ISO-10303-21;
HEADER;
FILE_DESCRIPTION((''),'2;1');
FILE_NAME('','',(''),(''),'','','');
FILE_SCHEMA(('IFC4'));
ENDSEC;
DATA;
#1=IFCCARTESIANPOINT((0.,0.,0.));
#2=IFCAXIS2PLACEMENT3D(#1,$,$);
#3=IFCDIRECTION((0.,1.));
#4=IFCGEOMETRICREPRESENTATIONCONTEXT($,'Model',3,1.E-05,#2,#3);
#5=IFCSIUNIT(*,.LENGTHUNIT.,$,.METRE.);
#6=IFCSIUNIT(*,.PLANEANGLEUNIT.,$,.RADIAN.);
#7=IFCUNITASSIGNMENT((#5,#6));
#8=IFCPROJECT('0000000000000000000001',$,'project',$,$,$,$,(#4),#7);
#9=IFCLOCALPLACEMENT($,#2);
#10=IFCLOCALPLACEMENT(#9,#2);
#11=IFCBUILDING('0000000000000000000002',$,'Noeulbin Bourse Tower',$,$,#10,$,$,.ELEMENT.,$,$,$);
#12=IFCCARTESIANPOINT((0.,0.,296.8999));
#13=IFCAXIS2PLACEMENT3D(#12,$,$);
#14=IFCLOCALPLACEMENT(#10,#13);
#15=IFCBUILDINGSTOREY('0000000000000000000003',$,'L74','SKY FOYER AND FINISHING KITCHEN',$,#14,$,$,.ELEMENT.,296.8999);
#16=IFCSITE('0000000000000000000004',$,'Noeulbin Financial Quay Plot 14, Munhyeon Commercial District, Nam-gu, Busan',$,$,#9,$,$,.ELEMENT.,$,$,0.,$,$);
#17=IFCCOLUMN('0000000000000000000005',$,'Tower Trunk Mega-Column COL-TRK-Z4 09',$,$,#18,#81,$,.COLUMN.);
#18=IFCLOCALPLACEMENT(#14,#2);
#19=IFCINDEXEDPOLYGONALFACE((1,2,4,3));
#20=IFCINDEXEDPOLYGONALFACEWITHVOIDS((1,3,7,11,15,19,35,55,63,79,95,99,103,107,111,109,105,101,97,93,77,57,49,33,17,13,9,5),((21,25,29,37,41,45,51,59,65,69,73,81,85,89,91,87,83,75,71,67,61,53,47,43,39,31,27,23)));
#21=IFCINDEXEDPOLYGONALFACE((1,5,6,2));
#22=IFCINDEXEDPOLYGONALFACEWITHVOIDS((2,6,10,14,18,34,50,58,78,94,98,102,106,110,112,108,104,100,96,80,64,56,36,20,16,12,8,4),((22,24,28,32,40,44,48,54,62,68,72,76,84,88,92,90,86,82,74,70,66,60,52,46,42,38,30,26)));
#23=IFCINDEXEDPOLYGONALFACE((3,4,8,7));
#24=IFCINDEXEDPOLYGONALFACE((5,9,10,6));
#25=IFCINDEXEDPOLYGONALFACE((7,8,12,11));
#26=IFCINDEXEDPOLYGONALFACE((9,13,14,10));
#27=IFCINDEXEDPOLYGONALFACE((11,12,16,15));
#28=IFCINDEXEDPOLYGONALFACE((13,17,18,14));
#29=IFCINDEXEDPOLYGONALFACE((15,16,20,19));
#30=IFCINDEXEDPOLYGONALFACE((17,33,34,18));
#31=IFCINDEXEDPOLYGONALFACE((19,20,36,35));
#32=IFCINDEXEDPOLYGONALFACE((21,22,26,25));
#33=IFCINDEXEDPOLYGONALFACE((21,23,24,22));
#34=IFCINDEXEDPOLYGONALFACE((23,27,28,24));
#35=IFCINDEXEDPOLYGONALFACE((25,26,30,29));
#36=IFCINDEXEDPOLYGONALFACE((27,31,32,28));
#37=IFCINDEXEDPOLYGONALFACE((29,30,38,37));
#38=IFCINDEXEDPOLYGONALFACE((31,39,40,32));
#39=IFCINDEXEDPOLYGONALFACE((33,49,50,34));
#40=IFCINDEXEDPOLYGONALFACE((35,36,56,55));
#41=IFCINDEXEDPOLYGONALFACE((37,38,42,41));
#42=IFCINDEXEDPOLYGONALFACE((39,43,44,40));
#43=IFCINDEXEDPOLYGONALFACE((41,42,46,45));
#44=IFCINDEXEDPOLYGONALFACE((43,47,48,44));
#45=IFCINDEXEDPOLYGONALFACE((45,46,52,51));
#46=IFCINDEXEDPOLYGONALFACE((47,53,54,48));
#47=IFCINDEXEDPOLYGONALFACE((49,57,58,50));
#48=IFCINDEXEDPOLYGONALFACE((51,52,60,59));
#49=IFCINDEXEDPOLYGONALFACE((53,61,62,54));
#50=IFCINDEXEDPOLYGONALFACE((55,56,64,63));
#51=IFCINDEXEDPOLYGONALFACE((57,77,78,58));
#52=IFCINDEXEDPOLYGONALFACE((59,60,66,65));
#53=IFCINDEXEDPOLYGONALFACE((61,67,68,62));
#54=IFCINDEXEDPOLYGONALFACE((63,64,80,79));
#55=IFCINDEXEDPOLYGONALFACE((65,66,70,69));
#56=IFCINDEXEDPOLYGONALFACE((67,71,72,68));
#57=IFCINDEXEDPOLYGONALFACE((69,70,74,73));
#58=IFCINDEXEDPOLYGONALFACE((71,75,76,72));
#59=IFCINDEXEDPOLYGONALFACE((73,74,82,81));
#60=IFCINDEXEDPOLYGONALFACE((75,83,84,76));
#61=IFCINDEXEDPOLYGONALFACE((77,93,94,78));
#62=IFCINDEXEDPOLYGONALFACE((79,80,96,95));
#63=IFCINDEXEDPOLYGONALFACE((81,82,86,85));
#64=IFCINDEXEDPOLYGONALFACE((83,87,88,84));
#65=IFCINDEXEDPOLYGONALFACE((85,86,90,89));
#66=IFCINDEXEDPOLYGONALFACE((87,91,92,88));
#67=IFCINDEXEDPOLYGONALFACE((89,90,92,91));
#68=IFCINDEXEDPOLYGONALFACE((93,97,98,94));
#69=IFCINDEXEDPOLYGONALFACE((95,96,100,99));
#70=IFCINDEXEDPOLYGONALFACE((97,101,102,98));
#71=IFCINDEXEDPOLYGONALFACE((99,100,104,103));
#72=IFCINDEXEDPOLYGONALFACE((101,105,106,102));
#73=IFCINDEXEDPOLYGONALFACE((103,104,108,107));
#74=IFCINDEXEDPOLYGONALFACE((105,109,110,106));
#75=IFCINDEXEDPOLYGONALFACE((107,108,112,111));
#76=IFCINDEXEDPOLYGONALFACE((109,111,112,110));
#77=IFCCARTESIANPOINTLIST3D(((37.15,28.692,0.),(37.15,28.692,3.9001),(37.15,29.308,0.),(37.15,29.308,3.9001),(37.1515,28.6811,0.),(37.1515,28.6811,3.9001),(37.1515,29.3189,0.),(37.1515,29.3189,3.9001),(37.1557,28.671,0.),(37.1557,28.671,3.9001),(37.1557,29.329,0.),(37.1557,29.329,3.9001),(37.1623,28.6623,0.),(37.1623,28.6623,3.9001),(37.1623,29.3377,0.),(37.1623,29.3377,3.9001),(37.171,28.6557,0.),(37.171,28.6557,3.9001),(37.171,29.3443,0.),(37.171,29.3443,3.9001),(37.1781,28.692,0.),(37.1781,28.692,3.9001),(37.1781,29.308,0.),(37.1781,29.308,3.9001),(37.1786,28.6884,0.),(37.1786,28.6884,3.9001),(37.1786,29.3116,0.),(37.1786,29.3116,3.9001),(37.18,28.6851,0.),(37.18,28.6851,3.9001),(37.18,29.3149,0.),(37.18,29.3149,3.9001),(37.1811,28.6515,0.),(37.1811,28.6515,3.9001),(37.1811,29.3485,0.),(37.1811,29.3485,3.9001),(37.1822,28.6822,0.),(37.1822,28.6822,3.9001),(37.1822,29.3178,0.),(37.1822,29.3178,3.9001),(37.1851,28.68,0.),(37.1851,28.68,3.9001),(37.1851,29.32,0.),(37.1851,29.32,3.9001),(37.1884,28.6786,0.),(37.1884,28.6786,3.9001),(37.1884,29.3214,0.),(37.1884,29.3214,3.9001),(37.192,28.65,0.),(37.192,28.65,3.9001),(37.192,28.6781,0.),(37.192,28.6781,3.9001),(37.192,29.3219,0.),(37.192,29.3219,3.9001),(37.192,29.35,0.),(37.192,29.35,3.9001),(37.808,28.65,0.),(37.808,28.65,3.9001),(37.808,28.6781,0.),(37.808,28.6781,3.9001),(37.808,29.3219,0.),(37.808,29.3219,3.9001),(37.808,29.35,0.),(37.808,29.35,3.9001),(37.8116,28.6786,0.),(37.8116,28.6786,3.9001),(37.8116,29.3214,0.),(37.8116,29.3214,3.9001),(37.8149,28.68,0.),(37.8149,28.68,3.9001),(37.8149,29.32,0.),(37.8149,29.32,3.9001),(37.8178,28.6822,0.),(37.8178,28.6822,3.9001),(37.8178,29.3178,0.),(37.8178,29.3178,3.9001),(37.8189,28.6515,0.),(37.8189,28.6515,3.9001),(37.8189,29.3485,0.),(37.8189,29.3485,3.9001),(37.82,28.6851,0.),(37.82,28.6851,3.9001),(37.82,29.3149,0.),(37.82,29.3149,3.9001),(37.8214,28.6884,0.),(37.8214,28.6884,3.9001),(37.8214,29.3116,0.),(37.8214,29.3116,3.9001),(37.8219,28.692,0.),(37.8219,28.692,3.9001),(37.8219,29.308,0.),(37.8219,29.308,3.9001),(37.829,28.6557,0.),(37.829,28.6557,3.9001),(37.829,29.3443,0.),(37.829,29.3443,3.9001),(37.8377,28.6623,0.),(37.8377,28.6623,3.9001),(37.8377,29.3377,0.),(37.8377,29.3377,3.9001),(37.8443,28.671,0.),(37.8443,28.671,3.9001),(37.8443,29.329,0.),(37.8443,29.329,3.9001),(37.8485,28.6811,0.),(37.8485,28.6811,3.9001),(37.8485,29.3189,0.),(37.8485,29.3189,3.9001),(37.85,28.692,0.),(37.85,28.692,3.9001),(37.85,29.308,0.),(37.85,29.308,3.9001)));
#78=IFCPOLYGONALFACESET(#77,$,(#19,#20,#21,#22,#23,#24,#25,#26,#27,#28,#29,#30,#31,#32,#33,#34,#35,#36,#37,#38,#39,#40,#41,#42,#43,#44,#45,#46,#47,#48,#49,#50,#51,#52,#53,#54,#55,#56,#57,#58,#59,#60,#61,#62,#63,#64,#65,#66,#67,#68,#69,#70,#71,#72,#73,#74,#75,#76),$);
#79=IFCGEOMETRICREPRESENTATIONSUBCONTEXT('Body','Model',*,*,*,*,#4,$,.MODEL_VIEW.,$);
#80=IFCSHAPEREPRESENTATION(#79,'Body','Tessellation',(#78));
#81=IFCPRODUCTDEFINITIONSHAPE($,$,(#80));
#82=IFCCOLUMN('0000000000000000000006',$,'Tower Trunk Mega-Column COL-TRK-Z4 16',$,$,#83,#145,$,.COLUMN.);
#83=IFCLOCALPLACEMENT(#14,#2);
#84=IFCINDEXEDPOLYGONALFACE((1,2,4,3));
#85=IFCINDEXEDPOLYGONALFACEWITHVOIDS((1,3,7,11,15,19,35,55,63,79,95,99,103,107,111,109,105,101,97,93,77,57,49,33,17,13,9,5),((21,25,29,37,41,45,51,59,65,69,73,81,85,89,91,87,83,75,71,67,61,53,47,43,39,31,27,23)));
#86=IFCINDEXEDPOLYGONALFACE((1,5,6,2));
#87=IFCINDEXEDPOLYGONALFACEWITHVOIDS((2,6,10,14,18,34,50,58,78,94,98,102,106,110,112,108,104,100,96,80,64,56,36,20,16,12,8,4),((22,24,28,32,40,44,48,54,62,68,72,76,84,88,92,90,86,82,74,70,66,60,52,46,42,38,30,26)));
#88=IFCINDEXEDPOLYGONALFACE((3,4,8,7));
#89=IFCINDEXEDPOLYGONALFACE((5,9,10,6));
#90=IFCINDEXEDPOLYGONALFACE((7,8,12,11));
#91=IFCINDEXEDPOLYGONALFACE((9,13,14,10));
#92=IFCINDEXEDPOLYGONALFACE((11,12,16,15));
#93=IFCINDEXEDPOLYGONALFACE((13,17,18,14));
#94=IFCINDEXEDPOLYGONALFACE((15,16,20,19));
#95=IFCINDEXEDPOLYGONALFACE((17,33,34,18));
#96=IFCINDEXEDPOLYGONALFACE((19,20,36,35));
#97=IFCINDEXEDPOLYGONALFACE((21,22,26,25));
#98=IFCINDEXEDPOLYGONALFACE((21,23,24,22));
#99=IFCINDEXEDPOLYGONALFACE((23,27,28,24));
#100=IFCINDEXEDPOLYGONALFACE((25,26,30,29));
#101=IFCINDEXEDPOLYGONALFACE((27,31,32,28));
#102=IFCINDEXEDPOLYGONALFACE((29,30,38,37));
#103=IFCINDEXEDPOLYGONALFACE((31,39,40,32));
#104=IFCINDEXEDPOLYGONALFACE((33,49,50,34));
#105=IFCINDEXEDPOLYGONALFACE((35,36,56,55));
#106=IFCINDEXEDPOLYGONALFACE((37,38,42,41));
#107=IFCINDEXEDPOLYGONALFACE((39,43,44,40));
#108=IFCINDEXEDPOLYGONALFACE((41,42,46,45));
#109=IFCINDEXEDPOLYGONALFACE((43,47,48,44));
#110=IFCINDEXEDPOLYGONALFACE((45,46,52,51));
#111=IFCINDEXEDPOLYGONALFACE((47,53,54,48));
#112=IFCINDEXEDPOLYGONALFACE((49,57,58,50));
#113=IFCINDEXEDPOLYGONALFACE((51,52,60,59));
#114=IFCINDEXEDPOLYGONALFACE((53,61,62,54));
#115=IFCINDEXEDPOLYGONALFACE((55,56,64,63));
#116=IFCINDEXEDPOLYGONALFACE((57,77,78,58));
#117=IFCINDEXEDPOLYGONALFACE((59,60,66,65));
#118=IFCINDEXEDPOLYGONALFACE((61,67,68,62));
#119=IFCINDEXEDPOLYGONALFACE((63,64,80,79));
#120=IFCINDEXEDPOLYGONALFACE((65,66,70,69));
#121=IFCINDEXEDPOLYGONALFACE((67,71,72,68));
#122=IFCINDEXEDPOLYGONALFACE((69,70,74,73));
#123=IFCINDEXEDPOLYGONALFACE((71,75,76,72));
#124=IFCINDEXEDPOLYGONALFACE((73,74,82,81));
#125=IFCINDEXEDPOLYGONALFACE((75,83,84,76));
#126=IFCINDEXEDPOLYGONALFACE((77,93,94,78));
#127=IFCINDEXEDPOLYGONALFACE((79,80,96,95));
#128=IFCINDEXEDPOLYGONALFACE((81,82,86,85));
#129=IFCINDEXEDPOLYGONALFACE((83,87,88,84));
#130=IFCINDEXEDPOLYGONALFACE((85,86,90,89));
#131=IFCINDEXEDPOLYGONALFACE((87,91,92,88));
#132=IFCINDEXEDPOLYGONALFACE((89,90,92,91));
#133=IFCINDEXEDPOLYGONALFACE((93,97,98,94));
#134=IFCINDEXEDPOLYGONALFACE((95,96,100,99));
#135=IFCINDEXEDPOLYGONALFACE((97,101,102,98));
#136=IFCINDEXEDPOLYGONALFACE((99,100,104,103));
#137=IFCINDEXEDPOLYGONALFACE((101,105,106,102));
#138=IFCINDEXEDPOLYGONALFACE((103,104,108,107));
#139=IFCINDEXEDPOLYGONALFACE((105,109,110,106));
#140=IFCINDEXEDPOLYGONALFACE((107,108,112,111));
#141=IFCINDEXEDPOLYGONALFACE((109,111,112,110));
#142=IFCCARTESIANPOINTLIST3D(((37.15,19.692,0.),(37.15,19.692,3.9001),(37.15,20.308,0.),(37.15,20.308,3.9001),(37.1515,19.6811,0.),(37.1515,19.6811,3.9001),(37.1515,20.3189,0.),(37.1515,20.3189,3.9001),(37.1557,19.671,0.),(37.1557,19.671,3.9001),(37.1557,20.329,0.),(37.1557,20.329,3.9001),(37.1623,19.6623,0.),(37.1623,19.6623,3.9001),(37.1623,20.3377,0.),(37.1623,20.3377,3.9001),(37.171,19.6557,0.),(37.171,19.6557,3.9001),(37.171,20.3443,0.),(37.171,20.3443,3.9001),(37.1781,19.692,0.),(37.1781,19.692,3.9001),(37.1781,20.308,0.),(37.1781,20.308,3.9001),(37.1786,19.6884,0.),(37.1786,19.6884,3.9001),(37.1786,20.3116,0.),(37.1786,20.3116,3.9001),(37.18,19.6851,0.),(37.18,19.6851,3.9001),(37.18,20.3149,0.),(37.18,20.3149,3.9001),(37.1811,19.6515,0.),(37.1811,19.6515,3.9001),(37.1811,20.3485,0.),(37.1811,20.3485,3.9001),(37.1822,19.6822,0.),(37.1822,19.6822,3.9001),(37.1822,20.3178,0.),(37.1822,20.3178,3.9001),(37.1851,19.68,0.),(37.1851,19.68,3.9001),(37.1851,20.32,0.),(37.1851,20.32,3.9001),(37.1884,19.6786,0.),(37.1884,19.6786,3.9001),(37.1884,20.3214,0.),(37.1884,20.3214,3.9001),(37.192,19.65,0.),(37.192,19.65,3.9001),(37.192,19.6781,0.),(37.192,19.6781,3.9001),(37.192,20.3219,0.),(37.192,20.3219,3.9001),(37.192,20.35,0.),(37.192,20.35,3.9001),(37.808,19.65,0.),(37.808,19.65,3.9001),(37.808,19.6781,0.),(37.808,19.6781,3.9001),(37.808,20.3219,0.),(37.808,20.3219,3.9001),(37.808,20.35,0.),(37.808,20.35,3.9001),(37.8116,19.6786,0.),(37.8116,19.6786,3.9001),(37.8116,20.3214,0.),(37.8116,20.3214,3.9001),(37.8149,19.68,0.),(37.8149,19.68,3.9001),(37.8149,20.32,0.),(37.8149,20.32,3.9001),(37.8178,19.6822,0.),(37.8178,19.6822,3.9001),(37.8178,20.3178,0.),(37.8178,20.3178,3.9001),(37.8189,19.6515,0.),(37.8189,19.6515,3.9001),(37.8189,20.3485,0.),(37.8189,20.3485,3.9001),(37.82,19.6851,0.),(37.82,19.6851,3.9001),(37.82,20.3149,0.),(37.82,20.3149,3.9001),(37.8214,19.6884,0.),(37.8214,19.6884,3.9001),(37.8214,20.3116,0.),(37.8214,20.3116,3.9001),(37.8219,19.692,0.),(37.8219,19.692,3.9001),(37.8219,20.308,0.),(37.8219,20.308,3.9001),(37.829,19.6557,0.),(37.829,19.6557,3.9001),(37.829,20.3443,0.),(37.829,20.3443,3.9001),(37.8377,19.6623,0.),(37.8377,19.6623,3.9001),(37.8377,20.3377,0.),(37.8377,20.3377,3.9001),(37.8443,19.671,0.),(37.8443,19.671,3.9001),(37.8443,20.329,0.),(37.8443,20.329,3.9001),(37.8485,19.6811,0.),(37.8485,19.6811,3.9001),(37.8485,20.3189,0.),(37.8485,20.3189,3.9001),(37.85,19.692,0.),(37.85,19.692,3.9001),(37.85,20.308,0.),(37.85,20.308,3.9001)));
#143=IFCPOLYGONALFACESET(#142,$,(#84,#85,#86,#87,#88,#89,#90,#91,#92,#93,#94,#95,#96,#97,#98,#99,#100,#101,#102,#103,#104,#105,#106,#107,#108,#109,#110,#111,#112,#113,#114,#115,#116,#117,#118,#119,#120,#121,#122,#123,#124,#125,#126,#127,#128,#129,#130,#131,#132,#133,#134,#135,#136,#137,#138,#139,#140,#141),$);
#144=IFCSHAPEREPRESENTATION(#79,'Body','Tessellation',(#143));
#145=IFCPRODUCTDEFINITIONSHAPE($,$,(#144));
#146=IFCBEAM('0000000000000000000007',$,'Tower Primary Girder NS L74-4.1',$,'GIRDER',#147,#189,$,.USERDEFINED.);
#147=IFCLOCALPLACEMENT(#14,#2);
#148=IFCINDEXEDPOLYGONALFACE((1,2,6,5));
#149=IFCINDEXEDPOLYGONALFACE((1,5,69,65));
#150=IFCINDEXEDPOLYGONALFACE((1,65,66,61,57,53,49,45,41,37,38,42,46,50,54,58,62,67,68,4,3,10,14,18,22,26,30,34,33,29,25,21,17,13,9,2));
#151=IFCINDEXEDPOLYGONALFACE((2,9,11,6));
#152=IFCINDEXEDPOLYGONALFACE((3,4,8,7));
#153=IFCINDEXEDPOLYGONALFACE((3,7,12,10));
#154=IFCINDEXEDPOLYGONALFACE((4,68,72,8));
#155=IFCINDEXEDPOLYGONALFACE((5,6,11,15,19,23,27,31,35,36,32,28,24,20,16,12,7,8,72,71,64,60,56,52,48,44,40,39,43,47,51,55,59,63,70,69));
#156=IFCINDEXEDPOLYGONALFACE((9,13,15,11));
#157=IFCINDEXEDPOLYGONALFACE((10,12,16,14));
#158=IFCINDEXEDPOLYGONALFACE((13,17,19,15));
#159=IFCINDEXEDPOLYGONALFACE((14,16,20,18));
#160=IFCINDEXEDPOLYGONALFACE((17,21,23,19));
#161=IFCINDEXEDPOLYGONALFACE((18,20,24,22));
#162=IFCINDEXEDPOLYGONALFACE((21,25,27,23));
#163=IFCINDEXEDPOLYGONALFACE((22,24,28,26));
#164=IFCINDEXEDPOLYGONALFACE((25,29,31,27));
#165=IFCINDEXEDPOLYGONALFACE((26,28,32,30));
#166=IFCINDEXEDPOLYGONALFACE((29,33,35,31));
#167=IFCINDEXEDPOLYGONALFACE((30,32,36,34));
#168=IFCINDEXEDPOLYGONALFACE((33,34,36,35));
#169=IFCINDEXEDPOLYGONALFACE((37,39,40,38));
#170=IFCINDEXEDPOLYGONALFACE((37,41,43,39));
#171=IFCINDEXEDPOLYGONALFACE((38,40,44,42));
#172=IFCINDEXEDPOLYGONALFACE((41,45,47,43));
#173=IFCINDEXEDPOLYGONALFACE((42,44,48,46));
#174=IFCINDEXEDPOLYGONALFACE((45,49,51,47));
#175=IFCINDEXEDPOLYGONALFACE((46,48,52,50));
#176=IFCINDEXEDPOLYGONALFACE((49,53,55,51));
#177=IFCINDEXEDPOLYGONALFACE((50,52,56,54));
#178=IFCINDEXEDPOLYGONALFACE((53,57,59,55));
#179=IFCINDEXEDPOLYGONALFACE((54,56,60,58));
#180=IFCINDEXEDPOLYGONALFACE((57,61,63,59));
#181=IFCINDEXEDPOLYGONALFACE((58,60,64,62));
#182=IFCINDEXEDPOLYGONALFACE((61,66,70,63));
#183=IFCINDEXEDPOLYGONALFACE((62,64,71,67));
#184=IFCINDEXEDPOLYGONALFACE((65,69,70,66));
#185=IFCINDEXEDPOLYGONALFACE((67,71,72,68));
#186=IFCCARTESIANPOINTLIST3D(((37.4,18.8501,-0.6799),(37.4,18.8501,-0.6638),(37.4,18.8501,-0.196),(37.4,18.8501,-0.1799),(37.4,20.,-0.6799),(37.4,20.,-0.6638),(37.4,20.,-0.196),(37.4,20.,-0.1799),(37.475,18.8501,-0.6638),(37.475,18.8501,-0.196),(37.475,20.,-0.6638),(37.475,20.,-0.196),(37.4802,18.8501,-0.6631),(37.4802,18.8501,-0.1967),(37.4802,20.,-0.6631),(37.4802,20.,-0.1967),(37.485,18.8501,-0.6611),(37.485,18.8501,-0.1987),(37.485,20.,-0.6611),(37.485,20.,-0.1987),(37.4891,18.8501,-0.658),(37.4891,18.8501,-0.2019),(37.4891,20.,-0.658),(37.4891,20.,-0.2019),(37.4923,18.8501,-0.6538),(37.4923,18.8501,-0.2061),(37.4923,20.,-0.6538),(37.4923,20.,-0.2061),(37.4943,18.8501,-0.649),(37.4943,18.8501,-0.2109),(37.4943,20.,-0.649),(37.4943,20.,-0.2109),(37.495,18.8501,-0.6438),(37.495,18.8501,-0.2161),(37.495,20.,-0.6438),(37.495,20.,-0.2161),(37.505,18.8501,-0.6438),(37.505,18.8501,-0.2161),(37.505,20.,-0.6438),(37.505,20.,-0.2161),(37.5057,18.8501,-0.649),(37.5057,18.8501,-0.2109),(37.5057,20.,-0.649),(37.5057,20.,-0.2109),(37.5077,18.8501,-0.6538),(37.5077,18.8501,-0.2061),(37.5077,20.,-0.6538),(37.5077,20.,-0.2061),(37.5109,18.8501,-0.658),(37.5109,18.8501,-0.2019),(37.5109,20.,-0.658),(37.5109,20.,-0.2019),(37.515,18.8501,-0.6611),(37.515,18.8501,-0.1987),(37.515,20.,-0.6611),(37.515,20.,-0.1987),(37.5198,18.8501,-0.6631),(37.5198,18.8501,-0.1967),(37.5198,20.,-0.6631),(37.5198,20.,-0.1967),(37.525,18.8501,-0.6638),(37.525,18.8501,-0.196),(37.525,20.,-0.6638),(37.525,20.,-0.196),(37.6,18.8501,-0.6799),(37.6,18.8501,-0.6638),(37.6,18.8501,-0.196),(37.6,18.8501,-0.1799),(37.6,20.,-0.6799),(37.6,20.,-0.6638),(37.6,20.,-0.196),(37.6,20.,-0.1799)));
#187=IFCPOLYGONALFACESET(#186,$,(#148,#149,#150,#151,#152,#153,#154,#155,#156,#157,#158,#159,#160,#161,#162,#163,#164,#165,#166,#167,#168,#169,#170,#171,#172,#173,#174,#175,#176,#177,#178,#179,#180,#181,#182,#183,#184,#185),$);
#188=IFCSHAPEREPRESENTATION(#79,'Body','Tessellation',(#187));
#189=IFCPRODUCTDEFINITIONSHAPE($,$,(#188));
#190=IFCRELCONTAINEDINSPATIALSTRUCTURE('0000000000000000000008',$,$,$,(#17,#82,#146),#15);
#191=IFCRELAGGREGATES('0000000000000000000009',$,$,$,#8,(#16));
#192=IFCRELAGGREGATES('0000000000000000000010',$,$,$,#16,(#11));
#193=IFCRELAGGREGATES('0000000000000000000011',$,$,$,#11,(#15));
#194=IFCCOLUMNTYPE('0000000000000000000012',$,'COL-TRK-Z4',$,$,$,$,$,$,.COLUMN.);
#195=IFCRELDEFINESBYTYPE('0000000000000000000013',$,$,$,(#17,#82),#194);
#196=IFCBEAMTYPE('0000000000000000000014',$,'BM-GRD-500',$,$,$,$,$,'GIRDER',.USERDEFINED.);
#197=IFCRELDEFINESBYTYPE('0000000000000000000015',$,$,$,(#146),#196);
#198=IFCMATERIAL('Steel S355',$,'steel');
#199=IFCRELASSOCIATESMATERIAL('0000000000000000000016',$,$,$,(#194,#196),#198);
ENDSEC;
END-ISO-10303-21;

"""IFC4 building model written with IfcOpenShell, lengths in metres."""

from ifc_helpers import new_model, si_unit, direction, frame, origin, origin_2d, place, context, subcontext, project, spatial, hollow_rectangle, i_section, extrude, material, material_profile, profile_set, type_object, element, save


model = new_model("IFC4")

# Units and contexts
model_context = context("Model", 3, precision=1e-05, world=origin(), true_north=direction((0.0, 1.0)))
body_context = subcontext(model_context, "Body", "Model", "MODEL_VIEW")
ifc_project = project(units=[si_unit("LENGTHUNIT", "METRE"), si_unit("PLANEANGLEUNIT", "RADIAN")], contexts=[model_context])

# Site, building, storey
site_placement = place(None, origin())
site = spatial("IfcSite", under=ifc_project, at=site_placement, Name="Noeulbin Financial Quay Plot 14, Munhyeon Commercial District, Nam-gu, Busan", CompositionType="ELEMENT", RefElevation=0.0)
building_placement = place(site_placement, origin())
building = spatial("IfcBuilding", under=site, at=building_placement, Name="Noeulbin Bourse Tower", CompositionType="ELEMENT")
storey_placement = place(building_placement, frame((0.0, 0.0, 296.8999)))
storey = spatial("IfcBuildingStorey", under=building, at=storey_placement, Name="L74", Description="SKY FOYER AND FINISHING KITCHEN", CompositionType="ELEMENT", Elevation=296.8999)

# Columns
ifc_material_1 = material(Name="Steel S355", Category="steel")
ifc_material_profile_1 = material_profile(ifc_material_1, hollow_rectangle(XDim=0.7, YDim=0.7, WallThickness=0.0281, InnerFilletRadius=0.0139, OuterFilletRadius=0.042, at=origin_2d()), Name="BOX-700x700x28", Category="LoadBearing")
ifc_profile_set_1 = profile_set([ifc_material_profile_1], Name="Steel S355")
column_type = type_object("IfcColumnType", Name="COL-TRK-Z4", PredefinedType="COLUMN", material=ifc_profile_set_1)
for number, where, z_axis, x_axis, name in (
    (1, (37.5, 29.0, 0.0), (0.0, 0.0, 1.0), (1.0, 0.0, 0.0), "Tower Trunk Mega-Column COL-TRK-Z4 09"),
    (2, (37.5, 20.0, 0.0), (0.0, 0.0, 1.0), (1.0, 0.0, 0.0), "Tower Trunk Mega-Column COL-TRK-Z4 16"),
):
    element("IfcColumn", number, at=place(storey_placement, frame(where, z_axis=z_axis, x_axis=x_axis)), inside=storey, type_object=column_type, Name=name, PredefinedType="COLUMN", context=body_context, shape_type="SweptSolid", body=[
        extrude(hollow_rectangle(XDim=0.7, YDim=0.7, WallThickness=0.0281, InnerFilletRadius=0.0139, OuterFilletRadius=0.042, at=origin_2d()), origin(), (0.0, 0.0, 1.0), 3.9001),
    ])

# Beam
ifc_material_profile_2 = material_profile(ifc_material_1, i_section(OverallWidth=0.2, OverallDepth=0.5, WebThickness=0.01, FlangeThickness=0.0161, FilletRadius=0.02, at=origin_2d()), Name="H-500x200x10x16", Category="LoadBearing")
ifc_profile_set_2 = profile_set([ifc_material_profile_2], Name="Steel S355")
beam_type_1 = type_object("IfcBeamType", Name="BM-GRD-500", ElementType="GIRDER", PredefinedType="USERDEFINED", material=ifc_profile_set_2)
beam_1_placement = place(storey_placement, frame((37.5, 18.8501, -0.4299), z_axis=(0.0, 1.0, 0.0), x_axis=(-1.0, 0.0, 0.0)))
element("IfcBeam", 3, at=beam_1_placement, inside=storey, type_object=beam_type_1, Name="Tower Primary Girder NS L74-4.1", ObjectType="GIRDER", PredefinedType="USERDEFINED", context=body_context, shape_type="SweptSolid", body=[
    extrude(i_section(OverallWidth=0.2, OverallDepth=0.5, WebThickness=0.01, FlangeThickness=0.0161, FilletRadius=0.02, at=origin_2d()), origin(), (0.0, 0.0, 1.0), 1.1499),
])

save(model, "model.ifc")
